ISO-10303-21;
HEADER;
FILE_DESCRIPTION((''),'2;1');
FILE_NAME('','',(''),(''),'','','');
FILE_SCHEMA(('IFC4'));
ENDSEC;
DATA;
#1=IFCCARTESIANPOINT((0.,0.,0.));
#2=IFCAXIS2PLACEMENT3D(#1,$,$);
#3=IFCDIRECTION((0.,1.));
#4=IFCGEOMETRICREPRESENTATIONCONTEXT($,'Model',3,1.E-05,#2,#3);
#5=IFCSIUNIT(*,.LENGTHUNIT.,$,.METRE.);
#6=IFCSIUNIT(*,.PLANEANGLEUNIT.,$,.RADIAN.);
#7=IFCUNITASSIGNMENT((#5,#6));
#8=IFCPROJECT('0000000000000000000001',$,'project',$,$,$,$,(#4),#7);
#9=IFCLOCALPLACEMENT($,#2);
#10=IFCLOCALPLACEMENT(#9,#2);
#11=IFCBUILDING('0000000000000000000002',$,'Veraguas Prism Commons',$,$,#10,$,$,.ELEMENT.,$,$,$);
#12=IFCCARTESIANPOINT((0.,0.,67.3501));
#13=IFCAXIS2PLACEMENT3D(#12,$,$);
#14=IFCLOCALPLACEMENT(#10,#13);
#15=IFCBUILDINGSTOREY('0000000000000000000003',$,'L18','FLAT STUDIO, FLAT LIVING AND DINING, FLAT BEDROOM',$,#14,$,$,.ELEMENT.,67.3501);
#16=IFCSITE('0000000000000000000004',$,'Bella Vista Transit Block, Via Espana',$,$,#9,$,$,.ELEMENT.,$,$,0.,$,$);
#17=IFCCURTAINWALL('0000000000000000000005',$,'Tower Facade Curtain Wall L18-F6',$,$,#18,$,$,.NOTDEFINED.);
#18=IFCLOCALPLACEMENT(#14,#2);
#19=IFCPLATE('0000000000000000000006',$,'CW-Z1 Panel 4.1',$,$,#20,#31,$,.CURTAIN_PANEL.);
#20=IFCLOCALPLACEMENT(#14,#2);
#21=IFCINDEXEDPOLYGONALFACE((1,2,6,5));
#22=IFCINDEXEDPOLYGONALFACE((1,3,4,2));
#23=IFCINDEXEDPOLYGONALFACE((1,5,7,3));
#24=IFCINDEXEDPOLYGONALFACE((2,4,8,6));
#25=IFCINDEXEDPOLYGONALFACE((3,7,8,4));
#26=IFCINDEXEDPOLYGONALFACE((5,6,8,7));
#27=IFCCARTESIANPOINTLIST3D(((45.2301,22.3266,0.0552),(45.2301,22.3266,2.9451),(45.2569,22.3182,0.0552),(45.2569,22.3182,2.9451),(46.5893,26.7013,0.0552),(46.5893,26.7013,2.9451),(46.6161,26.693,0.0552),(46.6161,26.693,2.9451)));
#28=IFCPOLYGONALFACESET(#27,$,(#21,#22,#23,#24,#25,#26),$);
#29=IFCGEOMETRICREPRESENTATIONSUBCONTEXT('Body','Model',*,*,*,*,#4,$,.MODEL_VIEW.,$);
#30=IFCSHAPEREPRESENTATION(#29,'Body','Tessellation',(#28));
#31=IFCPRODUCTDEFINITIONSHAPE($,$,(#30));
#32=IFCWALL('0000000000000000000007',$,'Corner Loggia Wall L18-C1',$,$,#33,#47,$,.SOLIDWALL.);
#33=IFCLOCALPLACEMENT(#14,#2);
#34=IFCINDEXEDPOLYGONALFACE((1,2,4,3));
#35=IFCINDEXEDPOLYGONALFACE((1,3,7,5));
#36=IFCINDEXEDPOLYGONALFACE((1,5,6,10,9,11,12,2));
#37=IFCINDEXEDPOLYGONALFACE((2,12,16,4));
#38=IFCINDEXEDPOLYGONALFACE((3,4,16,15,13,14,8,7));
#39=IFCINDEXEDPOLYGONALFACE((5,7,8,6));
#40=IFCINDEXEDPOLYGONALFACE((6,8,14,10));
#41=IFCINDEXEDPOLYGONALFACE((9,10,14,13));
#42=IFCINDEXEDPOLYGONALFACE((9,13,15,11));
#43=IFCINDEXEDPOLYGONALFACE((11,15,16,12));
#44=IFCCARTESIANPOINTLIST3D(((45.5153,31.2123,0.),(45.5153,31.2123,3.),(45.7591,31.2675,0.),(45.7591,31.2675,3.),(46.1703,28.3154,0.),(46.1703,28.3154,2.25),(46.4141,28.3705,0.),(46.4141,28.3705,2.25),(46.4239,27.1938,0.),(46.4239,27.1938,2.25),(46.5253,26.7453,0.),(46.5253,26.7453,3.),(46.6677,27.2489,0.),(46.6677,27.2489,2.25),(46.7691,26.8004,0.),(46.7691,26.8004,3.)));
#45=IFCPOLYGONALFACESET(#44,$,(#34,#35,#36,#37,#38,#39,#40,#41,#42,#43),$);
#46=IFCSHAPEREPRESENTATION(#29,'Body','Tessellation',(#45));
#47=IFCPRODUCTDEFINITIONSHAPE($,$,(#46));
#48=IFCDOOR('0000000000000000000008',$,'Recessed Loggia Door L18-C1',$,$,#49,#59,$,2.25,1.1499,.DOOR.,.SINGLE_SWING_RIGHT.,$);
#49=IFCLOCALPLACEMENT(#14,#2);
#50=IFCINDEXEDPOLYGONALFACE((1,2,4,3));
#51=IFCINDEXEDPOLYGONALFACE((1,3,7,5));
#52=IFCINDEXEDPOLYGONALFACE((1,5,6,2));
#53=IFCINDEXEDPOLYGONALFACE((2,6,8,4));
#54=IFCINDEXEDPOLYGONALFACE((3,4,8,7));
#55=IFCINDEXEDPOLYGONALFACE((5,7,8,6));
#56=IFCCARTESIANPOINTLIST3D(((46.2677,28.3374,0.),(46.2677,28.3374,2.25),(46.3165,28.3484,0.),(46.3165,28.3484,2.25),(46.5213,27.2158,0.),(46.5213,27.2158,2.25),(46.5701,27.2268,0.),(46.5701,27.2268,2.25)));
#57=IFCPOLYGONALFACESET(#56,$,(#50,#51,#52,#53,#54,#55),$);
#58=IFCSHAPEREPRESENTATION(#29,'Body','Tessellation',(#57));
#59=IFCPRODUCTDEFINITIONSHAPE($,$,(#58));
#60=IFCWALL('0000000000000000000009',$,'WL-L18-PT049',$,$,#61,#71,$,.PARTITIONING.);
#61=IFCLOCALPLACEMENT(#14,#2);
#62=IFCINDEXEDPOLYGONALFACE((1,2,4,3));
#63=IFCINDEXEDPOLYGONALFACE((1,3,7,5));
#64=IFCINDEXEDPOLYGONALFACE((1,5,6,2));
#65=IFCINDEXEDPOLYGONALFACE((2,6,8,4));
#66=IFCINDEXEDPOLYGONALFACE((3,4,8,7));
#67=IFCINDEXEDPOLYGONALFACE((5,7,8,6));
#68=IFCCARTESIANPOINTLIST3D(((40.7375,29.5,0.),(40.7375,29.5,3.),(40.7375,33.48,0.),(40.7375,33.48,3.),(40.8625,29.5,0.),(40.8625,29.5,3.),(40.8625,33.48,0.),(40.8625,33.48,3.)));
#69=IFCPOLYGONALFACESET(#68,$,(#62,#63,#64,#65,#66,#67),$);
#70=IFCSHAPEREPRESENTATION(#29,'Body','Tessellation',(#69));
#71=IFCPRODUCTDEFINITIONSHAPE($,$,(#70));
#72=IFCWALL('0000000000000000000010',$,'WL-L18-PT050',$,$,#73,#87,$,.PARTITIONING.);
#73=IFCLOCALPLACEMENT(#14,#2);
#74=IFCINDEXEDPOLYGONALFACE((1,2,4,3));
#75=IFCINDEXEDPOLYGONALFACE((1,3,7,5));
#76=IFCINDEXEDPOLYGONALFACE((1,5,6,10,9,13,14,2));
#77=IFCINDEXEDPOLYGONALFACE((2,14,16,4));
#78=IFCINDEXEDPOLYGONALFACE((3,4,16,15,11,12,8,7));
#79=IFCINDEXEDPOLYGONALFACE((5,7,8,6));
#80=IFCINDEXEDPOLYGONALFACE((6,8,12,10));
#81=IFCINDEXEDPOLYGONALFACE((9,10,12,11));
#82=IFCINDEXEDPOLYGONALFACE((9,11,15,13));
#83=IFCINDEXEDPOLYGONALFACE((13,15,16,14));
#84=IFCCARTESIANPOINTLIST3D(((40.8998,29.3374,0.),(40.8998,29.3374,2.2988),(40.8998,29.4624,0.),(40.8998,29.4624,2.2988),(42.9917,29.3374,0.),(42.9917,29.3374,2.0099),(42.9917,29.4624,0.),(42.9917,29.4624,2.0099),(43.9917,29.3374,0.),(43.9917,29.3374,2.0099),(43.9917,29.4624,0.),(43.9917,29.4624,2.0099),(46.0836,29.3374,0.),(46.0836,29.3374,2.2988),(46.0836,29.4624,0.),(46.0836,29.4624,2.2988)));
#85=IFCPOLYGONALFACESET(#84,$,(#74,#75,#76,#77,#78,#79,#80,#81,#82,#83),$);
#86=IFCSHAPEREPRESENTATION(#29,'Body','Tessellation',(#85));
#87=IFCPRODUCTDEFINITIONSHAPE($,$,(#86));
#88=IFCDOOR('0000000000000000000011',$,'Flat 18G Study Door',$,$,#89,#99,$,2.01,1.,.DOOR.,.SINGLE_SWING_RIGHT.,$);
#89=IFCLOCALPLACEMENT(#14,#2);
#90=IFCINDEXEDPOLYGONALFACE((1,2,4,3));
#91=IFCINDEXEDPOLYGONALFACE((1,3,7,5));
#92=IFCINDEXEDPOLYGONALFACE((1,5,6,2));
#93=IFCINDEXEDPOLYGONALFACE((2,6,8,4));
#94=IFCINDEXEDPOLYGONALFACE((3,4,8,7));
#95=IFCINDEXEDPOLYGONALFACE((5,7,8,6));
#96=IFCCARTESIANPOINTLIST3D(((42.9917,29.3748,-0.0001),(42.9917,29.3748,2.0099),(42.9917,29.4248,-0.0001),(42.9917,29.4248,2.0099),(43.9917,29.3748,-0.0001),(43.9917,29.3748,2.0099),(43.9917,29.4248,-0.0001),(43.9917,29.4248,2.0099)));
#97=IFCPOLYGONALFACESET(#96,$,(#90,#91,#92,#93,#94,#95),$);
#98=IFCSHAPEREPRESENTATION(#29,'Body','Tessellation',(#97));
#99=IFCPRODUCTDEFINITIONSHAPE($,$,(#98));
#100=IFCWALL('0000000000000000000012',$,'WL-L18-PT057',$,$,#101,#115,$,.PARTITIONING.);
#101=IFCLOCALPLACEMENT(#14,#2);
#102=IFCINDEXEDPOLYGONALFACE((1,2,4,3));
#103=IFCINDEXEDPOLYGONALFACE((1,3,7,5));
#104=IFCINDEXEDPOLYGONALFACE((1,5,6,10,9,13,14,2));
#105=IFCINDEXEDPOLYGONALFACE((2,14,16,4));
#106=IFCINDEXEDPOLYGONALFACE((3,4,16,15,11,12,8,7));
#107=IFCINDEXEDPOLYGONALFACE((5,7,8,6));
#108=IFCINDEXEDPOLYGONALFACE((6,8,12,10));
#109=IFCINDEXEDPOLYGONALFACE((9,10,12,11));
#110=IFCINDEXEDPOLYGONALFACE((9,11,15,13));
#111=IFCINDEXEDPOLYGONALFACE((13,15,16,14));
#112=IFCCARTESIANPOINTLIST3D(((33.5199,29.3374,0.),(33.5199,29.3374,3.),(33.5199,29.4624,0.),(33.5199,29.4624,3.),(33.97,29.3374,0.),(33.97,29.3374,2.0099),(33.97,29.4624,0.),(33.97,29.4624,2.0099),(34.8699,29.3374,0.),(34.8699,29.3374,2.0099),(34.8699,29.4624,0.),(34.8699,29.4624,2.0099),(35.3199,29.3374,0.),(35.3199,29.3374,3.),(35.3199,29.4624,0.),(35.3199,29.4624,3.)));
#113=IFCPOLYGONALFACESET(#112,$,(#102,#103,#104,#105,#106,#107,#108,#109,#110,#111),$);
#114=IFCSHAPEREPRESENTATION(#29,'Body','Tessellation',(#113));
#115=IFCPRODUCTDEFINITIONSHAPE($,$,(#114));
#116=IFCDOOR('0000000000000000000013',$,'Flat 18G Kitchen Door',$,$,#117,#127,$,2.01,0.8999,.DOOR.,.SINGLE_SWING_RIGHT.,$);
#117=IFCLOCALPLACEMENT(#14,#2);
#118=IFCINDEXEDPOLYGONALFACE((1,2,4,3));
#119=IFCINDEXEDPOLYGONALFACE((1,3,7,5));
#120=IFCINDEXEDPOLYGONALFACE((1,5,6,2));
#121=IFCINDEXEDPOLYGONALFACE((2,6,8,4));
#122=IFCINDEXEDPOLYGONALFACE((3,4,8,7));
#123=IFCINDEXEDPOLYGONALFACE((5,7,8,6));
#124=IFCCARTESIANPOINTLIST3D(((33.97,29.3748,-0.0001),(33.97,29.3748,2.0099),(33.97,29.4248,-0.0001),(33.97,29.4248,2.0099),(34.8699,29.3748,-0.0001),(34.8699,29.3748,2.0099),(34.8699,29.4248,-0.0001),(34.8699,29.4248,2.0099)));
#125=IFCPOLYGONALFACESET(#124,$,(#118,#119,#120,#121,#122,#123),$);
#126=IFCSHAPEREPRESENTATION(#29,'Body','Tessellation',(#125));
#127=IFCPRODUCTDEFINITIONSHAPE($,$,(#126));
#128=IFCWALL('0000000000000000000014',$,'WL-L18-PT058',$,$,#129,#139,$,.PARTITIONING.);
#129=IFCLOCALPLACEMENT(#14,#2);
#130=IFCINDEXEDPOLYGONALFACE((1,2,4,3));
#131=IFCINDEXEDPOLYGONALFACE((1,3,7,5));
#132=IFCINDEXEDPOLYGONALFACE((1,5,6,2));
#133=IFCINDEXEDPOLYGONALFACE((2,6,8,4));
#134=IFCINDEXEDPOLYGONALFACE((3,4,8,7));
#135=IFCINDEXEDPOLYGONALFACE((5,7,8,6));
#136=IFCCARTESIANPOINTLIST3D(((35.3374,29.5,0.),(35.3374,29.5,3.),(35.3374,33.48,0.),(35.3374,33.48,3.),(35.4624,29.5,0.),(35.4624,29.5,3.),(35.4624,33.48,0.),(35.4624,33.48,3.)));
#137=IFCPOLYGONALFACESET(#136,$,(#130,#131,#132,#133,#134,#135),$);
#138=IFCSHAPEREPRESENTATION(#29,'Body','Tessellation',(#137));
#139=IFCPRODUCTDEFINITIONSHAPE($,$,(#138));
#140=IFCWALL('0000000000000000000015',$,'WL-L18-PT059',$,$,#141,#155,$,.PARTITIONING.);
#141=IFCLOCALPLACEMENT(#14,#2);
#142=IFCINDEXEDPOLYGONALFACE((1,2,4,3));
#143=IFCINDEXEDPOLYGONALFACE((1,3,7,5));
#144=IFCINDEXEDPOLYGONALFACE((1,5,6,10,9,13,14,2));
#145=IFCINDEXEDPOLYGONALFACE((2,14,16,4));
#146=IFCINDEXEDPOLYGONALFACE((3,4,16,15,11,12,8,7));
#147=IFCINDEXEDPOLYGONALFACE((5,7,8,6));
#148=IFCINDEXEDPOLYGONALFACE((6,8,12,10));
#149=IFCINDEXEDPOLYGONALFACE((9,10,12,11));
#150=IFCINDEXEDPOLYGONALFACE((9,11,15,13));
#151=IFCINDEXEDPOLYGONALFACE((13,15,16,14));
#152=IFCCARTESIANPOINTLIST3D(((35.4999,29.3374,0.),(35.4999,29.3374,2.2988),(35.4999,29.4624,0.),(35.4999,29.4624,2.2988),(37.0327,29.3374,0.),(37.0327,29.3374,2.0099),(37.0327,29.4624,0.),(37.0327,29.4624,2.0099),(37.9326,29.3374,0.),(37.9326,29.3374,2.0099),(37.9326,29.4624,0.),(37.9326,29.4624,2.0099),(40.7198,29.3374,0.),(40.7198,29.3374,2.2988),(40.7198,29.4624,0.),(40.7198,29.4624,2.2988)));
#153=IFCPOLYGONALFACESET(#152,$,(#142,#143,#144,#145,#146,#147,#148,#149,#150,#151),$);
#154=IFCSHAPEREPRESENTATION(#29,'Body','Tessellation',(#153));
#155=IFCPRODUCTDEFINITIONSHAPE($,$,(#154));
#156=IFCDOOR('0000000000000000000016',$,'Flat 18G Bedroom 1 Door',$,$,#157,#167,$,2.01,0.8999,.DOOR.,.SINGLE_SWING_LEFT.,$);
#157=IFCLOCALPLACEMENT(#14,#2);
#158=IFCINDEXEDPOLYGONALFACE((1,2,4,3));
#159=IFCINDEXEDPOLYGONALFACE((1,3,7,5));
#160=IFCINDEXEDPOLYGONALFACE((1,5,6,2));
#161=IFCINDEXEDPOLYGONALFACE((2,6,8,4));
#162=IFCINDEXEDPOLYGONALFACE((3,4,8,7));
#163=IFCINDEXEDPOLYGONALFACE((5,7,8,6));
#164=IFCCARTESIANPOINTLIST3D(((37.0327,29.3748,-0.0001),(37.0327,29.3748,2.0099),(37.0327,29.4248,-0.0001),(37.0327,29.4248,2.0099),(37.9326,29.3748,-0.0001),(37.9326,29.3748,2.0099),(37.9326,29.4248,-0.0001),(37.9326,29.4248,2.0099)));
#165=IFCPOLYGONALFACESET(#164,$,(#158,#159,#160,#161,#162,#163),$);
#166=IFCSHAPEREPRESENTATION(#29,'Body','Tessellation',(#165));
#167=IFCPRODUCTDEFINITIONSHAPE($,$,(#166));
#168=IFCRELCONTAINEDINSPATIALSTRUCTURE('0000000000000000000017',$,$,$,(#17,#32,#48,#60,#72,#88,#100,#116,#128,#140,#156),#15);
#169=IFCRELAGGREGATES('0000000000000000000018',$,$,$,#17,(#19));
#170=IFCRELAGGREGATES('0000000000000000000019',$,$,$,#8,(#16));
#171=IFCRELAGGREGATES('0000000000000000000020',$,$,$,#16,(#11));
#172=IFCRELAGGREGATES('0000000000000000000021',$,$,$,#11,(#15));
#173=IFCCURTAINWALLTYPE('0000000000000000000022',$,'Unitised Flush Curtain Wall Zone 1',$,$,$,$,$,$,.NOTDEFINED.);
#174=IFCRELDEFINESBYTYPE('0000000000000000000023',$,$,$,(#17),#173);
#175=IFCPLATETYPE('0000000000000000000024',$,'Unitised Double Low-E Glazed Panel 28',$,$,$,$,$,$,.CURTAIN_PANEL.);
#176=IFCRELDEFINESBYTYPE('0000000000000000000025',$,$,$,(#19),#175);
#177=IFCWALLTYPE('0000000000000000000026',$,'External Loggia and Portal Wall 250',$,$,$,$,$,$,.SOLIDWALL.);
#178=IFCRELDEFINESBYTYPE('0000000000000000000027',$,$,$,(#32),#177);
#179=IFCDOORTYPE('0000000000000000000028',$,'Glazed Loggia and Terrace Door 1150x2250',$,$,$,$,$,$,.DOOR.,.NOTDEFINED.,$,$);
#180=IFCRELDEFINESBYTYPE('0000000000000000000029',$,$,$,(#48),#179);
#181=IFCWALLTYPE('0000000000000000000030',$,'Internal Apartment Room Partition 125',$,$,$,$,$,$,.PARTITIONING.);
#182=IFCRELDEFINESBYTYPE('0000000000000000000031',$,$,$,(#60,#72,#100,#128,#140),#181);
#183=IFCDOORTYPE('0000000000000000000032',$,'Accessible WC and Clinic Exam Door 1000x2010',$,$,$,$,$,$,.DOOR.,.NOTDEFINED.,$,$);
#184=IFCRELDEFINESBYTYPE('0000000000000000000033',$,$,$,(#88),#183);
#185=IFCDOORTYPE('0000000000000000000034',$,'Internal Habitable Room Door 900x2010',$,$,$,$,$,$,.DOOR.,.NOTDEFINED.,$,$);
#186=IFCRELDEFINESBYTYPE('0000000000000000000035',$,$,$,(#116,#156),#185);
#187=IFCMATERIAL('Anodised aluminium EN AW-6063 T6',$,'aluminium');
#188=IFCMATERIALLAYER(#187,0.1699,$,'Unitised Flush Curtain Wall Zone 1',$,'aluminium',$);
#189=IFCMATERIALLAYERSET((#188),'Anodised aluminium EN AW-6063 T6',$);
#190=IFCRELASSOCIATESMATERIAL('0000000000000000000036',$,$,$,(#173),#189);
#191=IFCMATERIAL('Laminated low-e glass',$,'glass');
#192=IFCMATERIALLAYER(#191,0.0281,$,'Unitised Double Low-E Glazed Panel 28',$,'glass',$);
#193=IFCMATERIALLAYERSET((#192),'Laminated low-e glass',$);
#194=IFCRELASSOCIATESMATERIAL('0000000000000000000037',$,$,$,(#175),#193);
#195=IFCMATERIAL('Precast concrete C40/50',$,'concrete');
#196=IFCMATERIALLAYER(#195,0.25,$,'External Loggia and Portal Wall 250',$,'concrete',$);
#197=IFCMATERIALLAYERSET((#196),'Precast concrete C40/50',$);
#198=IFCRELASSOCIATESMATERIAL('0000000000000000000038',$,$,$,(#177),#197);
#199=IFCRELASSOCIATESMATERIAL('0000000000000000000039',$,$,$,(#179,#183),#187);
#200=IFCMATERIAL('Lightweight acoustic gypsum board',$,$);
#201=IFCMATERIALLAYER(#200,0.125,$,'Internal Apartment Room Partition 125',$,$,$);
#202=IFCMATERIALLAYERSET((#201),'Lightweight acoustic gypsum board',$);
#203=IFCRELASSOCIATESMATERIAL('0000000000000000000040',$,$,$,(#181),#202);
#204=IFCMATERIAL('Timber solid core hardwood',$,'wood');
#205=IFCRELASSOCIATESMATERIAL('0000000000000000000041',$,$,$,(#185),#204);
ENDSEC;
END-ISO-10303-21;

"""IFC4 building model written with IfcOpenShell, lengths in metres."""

from ifc_helpers import new_model, si_unit, direction, frame, frame_2d, origin, origin_2d, place, context, subcontext, project, spatial, rectangle, extrude, source, transform, mapped, material, layer, layer_set, type_object, element, fill, aggregate, save


model = new_model("IFC4")

# Units and contexts
model_context = context("Model", 3, precision=1e-05, world=origin(), true_north=direction((0.0, 1.0)))
body_context = subcontext(model_context, "Body", "Model", "MODEL_VIEW")
ifc_project = project(units=[si_unit("LENGTHUNIT", "METRE"), si_unit("PLANEANGLEUNIT", "RADIAN")], contexts=[model_context])

# Site, building, storey
site_placement = place(None, origin())
site = spatial("IfcSite", under=ifc_project, at=site_placement, Name="Bella Vista Transit Block, Via Espana", CompositionType="ELEMENT", RefElevation=0.0)
building_placement = place(site_placement, origin())
building = spatial("IfcBuilding", under=site, at=building_placement, Name="Veraguas Prism Commons", CompositionType="ELEMENT")
storey_placement = place(building_placement, frame((0.0, 0.0, 67.3501)))
storey = spatial("IfcBuildingStorey", under=building, at=storey_placement, Name="L18", Description="FLAT STUDIO, FLAT LIVING AND DINING, FLAT BEDROOM", CompositionType="ELEMENT", Elevation=67.3501)

# Shared definitions
ifc_material_1 = material(Name="Anodised aluminium EN AW-6063 T6", Category="aluminium")
ifc_layer_1 = layer(ifc_material_1, 0.1699, Name="Unitised Flush Curtain Wall Zone 1", Category="aluminium")
ifc_layer_set_1 = layer_set([ifc_layer_1], Name="Anodised aluminium EN AW-6063 T6")
curtain_wall_type = type_object("IfcCurtainWallType", Name="Unitised Flush Curtain Wall Zone 1", PredefinedType="NOTDEFINED", material=ifc_layer_set_1)

# Curtain wall, plate
curtain_wall_1_placement = place(storey_placement, origin())
curtain_wall_1 = element("IfcCurtainWall", 1, at=curtain_wall_1_placement, inside=storey, type_object=curtain_wall_type, Name="Tower Facade Curtain Wall L18-F6", PredefinedType="NOTDEFINED")
ifc_material_2 = material(Name="Laminated low-e glass", Category="glass")
ifc_layer_2 = layer(ifc_material_2, 0.0281, Name="Unitised Double Low-E Glazed Panel 28", Category="glass")
ifc_layer_set_2 = layer_set([ifc_layer_2], Name="Laminated low-e glass")
plate_type = type_object("IfcPlateType", Name="Unitised Double Low-E Glazed Panel 28", PredefinedType="CURTAIN_PANEL", material=ifc_layer_set_2)
shared_shape_1 = source(origin(), body_context, "Body", "SweptSolid", [
    extrude(rectangle(XDim=4.5811, YDim=0.0281, at=origin_2d()), origin(), (0.0, 0.0, 1.0), 2.8899),
])
plate_placement = place(storey_placement, frame((45.9231, 24.5098, 0.0552), z_axis=(0.0, 0.0, 1.0), x_axis=(0.29671, 0.954968, 0.0)))
plate = element("IfcPlate", 2, at=plate_placement, type_object=plate_type, Name="CW-Z1 Panel 4.1", PredefinedType="CURTAIN_PANEL", context=body_context, shape_type="MappedRepresentation", body=[
    mapped(shared_shape_1, transform((0.0, 0.0, 0.0), scale=1.0)),
])
aggregate(curtain_wall_1, [plate])

# Wall, opening, door
ifc_material_3 = material(Name="Precast concrete C40/50", Category="concrete")
ifc_layer_3 = layer(ifc_material_3, 0.25, Name="External Loggia and Portal Wall 250", Category="concrete")
ifc_layer_set_3 = layer_set([ifc_layer_3], Name="Precast concrete C40/50")
wall_type_1 = type_object("IfcWallType", Name="External Loggia and Portal Wall 250", PredefinedType="SOLIDWALL", material=ifc_layer_set_3)
wall_1_placement = place(storey_placement, frame((46.6472, 26.7727, 0.0), z_axis=(0.0, 0.0, 1.0), x_axis=(-0.220536, 0.975379, 0.0)))
wall_1 = element("IfcWall", 3, at=wall_1_placement, inside=storey, type_object=wall_type_1, Name="Corner Loggia Wall L18-C1", PredefinedType="SOLIDWALL", context=body_context, shape_type="SweptSolid", body=[
    extrude(rectangle(XDim=4.5798, YDim=0.25, at=frame_2d((2.29, 0.0))), origin(), (0.0, 0.0, 1.0), 3.0),
])
opening_1_placement = place(wall_1_placement, frame((0.46, 0.0, 0.0)))
opening_1 = element("IfcOpeningElement", 4, at=opening_1_placement, cuts=wall_1, PredefinedType="OPENING", context=body_context, shape_type="SweptSolid", body=[
    extrude(rectangle(XDim=1.1499, YDim=2.25, at=frame_2d((0.575, 1.125))), frame((0.0, 0.135, 0.0), z_axis=(0.0, -1.0, 0.0), x_axis=(1.0, 0.0, 0.0)), (0.0, 0.0, 1.0), 0.27),
])
door_type_1 = type_object("IfcDoorType", Name="Glazed Loggia and Terrace Door 1150x2250", OperationType="NOTDEFINED", PredefinedType="DOOR", material=ifc_material_1)
shared_shape_2 = source(origin(), body_context, "Body", "SweptSolid", [
    extrude(rectangle(XDim=1.1499, YDim=2.25, at=frame_2d((0.575, 1.125))), frame((0.0, 0.0249, 0.0), z_axis=(0.0, -1.0, 0.0), x_axis=(1.0, 0.0, 0.0)), (0.0, 0.0, 1.0), 0.05),
])
door_1_placement = place(opening_1_placement, frame((1.1499, 0.0, 0.0), z_axis=(0.0, 0.0, 1.0), x_axis=(-1.0, 0.0, 0.0)))
door_1 = element("IfcDoor", 5, at=door_1_placement, inside=storey, type_object=door_type_1, Name="Recessed Loggia Door L18-C1", OperationType="SINGLE_SWING_RIGHT", OverallHeight=2.25, OverallWidth=1.1499, PredefinedType="DOOR", context=body_context, shape_type="MappedRepresentation", body=[
    mapped(shared_shape_2, transform((0.0, 0.0, 0.0), scale=1.0)),
])
fill(opening_1, door_1)

# Wall
ifc_material_4 = material(Name="Lightweight acoustic gypsum board")
ifc_layer_4 = layer(ifc_material_4, 0.125, Name="Internal Apartment Room Partition 125")
ifc_layer_set_4 = layer_set([ifc_layer_4], Name="Lightweight acoustic gypsum board")
wall_type_2 = type_object("IfcWallType", Name="Internal Apartment Room Partition 125", PredefinedType="PARTITIONING", material=ifc_layer_set_4)
wall_2_placement = place(storey_placement, frame((40.8, 29.5, 0.0), z_axis=(0.0, 0.0, 1.0), x_axis=(0.0, 1.0, 0.0)))
element("IfcWall", 6, at=wall_2_placement, inside=storey, type_object=wall_type_2, Name="WL-L18-PT049", PredefinedType="PARTITIONING", context=body_context, shape_type="SweptSolid", body=[
    extrude(rectangle(XDim=3.98, YDim=0.125, at=frame_2d((1.99, 0.0))), origin(), (0.0, 0.0, 1.0), 3.0),
])

# Walls, openings, doors
wall_3_placement = place(storey_placement, frame((40.8999, 29.3999, 0.0), z_axis=(0.0, 0.0, 1.0), x_axis=(1.0, 0.0, 0.0)))
wall_3 = element("IfcWall", 7, at=wall_3_placement, inside=storey, type_object=wall_type_2, Name="WL-L18-PT050", PredefinedType="PARTITIONING", context=body_context, shape_type="SweptSolid", body=[
    extrude(rectangle(XDim=5.1838, YDim=0.125, at=frame_2d((2.5918, 0.0))), origin(), (0.0, 0.0, 1.0), 2.2988),
])
opening_2_placement = place(wall_3_placement, frame((2.0918, 0.0, 0.0)))
opening_2 = element("IfcOpeningElement", 8, at=opening_2_placement, cuts=wall_3, PredefinedType="OPENING", context=body_context, shape_type="SweptSolid", body=[
    extrude(rectangle(XDim=1.0, YDim=2.01, at=frame_2d((0.5, 1.0049))), frame((0.0, 0.0725, 0.0), z_axis=(0.0, -1.0, 0.0), x_axis=(1.0, 0.0, 0.0)), (0.0, 0.0, 1.0), 0.145),
])
door_type_2 = type_object("IfcDoorType", Name="Accessible WC and Clinic Exam Door 1000x2010", OperationType="NOTDEFINED", PredefinedType="DOOR", material=ifc_material_1)
shared_shape_3 = source(origin(), body_context, "Body", "SweptSolid", [
    extrude(rectangle(XDim=1.0, YDim=2.01, at=frame_2d((0.5, 1.0049))), frame((0.0, 0.0249, 0.0), z_axis=(0.0, -1.0, 0.0), x_axis=(1.0, 0.0, 0.0)), (0.0, 0.0, 1.0), 0.05),
])
door_2_placement = place(opening_2_placement, origin())
door_2 = element("IfcDoor", 9, at=door_2_placement, inside=storey, type_object=door_type_2, Name="Flat 18G Study Door", OperationType="SINGLE_SWING_RIGHT", OverallHeight=2.01, OverallWidth=1.0, PredefinedType="DOOR", context=body_context, shape_type="MappedRepresentation", body=[
    mapped(shared_shape_3, transform((0.0, 0.0, 0.0), scale=1.0)),
])
fill(opening_2, door_2)
wall_4_placement = place(storey_placement, frame((33.52, 29.3999, 0.0), z_axis=(0.0, 0.0, 1.0), x_axis=(1.0, 0.0, 0.0)))
wall_4 = element("IfcWall", 10, at=wall_4_placement, inside=storey, type_object=wall_type_2, Name="WL-L18-PT057", PredefinedType="PARTITIONING", context=body_context, shape_type="SweptSolid", body=[
    extrude(rectangle(XDim=1.8, YDim=0.125, at=frame_2d((0.8999, 0.0))), origin(), (0.0, 0.0, 1.0), 3.0),
])
opening_3_placement = place(wall_4_placement, frame((0.45, 0.0, 0.0)))
opening_3 = element("IfcOpeningElement", 11, at=opening_3_placement, cuts=wall_4, PredefinedType="OPENING", context=body_context, shape_type="SweptSolid", body=[
    extrude(rectangle(XDim=0.8999, YDim=2.01, at=frame_2d((0.45, 1.0049))), frame((0.0, 0.0725, 0.0), z_axis=(0.0, -1.0, 0.0), x_axis=(1.0, 0.0, 0.0)), (0.0, 0.0, 1.0), 0.145),
])
ifc_material_5 = material(Name="Timber solid core hardwood", Category="wood")
door_type_3 = type_object("IfcDoorType", Name="Internal Habitable Room Door 900x2010", OperationType="NOTDEFINED", PredefinedType="DOOR", material=ifc_material_5)
shared_shape_4 = source(origin(), body_context, "Body", "SweptSolid", [
    extrude(rectangle(XDim=0.8999, YDim=2.01, at=frame_2d((0.45, 1.0049))), frame((0.0, 0.0249, 0.0), z_axis=(0.0, -1.0, 0.0), x_axis=(1.0, 0.0, 0.0)), (0.0, 0.0, 1.0), 0.05),
])
door_3_placement = place(opening_3_placement, origin())
door_3 = element("IfcDoor", 12, at=door_3_placement, inside=storey, type_object=door_type_3, Name="Flat 18G Kitchen Door", OperationType="SINGLE_SWING_RIGHT", OverallHeight=2.01, OverallWidth=0.8999, PredefinedType="DOOR", context=body_context, shape_type="MappedRepresentation", body=[
    mapped(shared_shape_4, transform((0.0, 0.0, 0.0), scale=1.0)),
])
fill(opening_3, door_3)

# Wall
wall_5_placement = place(storey_placement, frame((35.3999, 29.5, 0.0), z_axis=(0.0, 0.0, 1.0), x_axis=(0.0, 1.0, 0.0)))
element("IfcWall", 13, at=wall_5_placement, inside=storey, type_object=wall_type_2, Name="WL-L18-PT058", PredefinedType="PARTITIONING", context=body_context, shape_type="SweptSolid", body=[
    extrude(rectangle(XDim=3.98, YDim=0.125, at=frame_2d((1.99, 0.0))), origin(), (0.0, 0.0, 1.0), 3.0),
])

# Wall, opening, door
wall_6_placement = place(storey_placement, frame((35.5, 29.3999, 0.0), z_axis=(0.0, 0.0, 1.0), x_axis=(1.0, 0.0, 0.0)))
wall_6 = element("IfcWall", 14, at=wall_6_placement, inside=storey, type_object=wall_type_2, Name="WL-L18-PT059", PredefinedType="PARTITIONING", context=body_context, shape_type="SweptSolid", body=[
    extrude(rectangle(XDim=5.22, YDim=0.125, at=frame_2d((2.6099, 0.0))), origin(), (0.0, 0.0, 1.0), 2.2988),
])
opening_4_placement = place(wall_6_placement, frame((1.5327, 0.0, 0.0)))
opening_4 = element("IfcOpeningElement", 15, at=opening_4_placement, cuts=wall_6, PredefinedType="OPENING", context=body_context, shape_type="SweptSolid", body=[
    extrude(rectangle(XDim=0.8999, YDim=2.01, at=frame_2d((0.45, 1.0049))), frame((0.0, 0.0725, 0.0), z_axis=(0.0, -1.0, 0.0), x_axis=(1.0, 0.0, 0.0)), (0.0, 0.0, 1.0), 0.145),
])
door_4_placement = place(opening_4_placement, origin())
door_4 = element("IfcDoor", 16, at=door_4_placement, inside=storey, type_object=door_type_3, Name="Flat 18G Bedroom 1 Door", OperationType="SINGLE_SWING_LEFT", OverallHeight=2.01, OverallWidth=0.8999, PredefinedType="DOOR", context=body_context, shape_type="MappedRepresentation", body=[
    mapped(shared_shape_4, transform((0.0, 0.0, 0.0), scale=1.0)),
])
fill(opening_4, door_4)

save(model, "model.ifc")
